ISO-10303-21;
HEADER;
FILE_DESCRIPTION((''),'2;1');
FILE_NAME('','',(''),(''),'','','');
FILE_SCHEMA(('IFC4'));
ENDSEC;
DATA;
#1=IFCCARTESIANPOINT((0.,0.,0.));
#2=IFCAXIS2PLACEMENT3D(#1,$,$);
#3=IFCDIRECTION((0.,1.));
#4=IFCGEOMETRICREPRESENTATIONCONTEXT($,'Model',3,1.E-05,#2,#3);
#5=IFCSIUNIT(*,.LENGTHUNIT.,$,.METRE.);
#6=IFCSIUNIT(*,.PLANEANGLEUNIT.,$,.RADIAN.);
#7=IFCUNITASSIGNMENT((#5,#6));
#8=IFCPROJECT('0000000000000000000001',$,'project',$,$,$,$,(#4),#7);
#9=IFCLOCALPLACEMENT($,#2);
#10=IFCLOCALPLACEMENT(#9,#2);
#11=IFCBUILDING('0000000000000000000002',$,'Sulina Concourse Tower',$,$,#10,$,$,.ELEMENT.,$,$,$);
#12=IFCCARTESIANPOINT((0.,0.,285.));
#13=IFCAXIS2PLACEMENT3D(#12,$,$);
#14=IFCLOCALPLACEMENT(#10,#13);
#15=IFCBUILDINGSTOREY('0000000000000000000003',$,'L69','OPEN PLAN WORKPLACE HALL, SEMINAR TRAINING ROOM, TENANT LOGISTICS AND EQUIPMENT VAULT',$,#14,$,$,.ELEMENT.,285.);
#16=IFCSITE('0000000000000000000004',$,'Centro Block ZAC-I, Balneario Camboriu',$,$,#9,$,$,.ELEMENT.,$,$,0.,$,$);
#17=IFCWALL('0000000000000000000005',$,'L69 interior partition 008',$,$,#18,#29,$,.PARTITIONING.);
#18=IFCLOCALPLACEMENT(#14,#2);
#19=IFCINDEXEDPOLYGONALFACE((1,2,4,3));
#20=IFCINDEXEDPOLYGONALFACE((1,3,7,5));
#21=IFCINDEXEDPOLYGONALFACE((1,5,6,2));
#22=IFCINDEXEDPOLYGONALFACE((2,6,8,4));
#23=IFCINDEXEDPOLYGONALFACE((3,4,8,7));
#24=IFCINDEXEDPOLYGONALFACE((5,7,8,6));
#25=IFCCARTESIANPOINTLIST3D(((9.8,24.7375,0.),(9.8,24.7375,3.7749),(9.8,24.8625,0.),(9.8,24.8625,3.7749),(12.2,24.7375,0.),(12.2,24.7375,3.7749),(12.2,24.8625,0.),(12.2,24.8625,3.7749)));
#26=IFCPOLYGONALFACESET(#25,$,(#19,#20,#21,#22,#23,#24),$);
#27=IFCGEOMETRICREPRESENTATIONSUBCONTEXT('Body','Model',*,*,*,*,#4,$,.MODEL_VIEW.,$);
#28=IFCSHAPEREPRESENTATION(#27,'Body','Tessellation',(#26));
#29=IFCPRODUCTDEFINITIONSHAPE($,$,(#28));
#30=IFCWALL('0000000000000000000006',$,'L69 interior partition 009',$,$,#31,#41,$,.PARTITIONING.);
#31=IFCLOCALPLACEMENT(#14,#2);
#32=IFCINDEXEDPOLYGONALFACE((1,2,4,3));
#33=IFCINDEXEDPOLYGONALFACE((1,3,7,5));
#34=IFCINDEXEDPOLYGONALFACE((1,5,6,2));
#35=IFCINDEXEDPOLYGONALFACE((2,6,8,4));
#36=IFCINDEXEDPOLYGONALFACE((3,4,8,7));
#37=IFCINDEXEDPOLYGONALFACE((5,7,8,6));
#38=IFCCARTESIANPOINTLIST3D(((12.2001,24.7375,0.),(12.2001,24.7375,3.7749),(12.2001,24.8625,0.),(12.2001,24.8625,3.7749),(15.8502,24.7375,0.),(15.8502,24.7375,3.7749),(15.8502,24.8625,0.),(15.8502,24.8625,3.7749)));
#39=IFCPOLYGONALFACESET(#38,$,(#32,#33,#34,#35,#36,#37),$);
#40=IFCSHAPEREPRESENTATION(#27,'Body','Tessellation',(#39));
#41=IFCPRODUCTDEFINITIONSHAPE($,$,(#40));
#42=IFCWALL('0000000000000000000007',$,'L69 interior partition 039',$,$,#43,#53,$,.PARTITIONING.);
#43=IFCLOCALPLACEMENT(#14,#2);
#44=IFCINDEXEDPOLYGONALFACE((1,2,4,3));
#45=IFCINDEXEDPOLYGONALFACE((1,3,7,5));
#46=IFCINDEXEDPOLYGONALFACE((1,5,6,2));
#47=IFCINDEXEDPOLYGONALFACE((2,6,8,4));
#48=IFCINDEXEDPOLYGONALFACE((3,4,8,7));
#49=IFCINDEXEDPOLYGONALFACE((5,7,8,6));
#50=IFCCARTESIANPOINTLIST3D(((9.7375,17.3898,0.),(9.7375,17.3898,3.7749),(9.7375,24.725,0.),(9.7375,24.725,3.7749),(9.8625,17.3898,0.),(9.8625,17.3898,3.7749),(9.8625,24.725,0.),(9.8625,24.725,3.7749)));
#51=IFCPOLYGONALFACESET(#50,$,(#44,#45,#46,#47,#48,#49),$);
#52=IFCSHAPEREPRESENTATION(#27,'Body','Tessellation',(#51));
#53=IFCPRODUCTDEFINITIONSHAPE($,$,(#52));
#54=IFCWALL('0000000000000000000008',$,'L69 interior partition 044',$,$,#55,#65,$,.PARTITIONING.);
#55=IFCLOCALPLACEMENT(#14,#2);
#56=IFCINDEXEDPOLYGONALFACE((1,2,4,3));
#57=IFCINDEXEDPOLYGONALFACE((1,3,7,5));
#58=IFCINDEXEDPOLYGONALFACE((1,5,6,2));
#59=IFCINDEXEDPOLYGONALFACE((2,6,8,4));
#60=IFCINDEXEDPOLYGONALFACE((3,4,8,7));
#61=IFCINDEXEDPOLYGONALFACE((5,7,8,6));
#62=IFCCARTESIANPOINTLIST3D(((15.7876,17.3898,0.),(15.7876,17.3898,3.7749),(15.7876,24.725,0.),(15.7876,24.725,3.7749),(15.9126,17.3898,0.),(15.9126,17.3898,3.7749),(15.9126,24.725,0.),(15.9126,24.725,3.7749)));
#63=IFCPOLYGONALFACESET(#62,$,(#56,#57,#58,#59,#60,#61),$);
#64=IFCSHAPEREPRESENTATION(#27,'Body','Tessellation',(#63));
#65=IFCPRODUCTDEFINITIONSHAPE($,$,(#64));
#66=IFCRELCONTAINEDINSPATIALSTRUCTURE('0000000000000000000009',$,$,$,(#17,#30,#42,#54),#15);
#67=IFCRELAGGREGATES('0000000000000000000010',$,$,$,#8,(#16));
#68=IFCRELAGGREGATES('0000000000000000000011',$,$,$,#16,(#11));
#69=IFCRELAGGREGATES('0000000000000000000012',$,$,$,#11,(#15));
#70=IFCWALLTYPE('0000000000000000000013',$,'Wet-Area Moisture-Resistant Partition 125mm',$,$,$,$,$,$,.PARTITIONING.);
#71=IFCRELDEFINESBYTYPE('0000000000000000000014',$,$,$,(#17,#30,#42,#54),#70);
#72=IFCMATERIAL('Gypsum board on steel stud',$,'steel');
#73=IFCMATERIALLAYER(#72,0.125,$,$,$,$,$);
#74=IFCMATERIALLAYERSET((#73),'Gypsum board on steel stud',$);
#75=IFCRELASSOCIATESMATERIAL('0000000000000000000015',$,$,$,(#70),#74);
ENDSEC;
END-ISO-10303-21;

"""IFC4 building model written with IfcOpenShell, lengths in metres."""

from ifc_helpers import new_model, si_unit, direction, frame, frame_2d, origin, place, context, subcontext, project, spatial, rectangle, extrude, material, layer, layer_set, type_object, element, save


model = new_model("IFC4")

# Units and contexts
model_context = context("Model", 3, precision=1e-05, world=origin(), true_north=direction((0.0, 1.0)))
body_context = subcontext(model_context, "Body", "Model", "MODEL_VIEW")
ifc_project = project(units=[si_unit("LENGTHUNIT", "METRE"), si_unit("PLANEANGLEUNIT", "RADIAN")], contexts=[model_context])

# Site, building, storey
site_placement = place(None, origin())
site = spatial("IfcSite", under=ifc_project, at=site_placement, Name="Centro Block ZAC-I, Balneario Camboriu", CompositionType="ELEMENT", RefElevation=0.0)
building_placement = place(site_placement, origin())
building = spatial("IfcBuilding", under=site, at=building_placement, Name="Sulina Concourse Tower", CompositionType="ELEMENT")
storey_placement = place(building_placement, frame((0.0, 0.0, 285.0)))
storey = spatial("IfcBuildingStorey", under=building, at=storey_placement, Name="L69", Description="OPEN PLAN WORKPLACE HALL, SEMINAR TRAINING ROOM, TENANT LOGISTICS AND EQUIPMENT VAULT", CompositionType="ELEMENT", Elevation=285.0)

# Walls
ifc_material_1 = material(Name="Gypsum board on steel stud", Category="steel")
ifc_layer_1 = layer(ifc_material_1, 0.125)
ifc_layer_set_1 = layer_set([ifc_layer_1], Name="Gypsum board on steel stud")
wall_type_1 = type_object("IfcWallType", Name="Wet-Area Moisture-Resistant Partition 125mm", PredefinedType="PARTITIONING", material=ifc_layer_set_1)
wall_1_placement = place(storey_placement, frame((9.8, 24.8, 0.0), z_axis=(0.0, 0.0, 1.0), x_axis=(1.0, 0.0, 0.0)))
element("IfcWall", 1, at=wall_1_placement, inside=storey, type_object=wall_type_1, Name="L69 interior partition 008", PredefinedType="PARTITIONING", context=body_context, shape_type="SweptSolid", body=[
    extrude(rectangle(XDim=2.3999, YDim=0.125, at=frame_2d((1.2, 0.0))), origin(), (0.0, 0.0, 1.0), 3.7749),
])
wall_2_placement = place(storey_placement, frame((12.2, 24.8, 0.0), z_axis=(0.0, 0.0, 1.0), x_axis=(1.0, 0.0, 0.0)))
element("IfcWall", 2, at=wall_2_placement, inside=storey, type_object=wall_type_1, Name="L69 interior partition 009", PredefinedType="PARTITIONING", context=body_context, shape_type="SweptSolid", body=[
    extrude(rectangle(XDim=3.6501, YDim=0.125, at=frame_2d((1.8252, 0.0))), origin(), (0.0, 0.0, 1.0), 3.7749),
])
for number, where, z_axis, x_axis, name in (
    (3, (9.8, 17.3899, 0.0), (0.0, 0.0, 1.0), (0.0, 1.0, 0.0), "L69 interior partition 039"),
    (4, (15.8501, 17.3899, 0.0), (0.0, 0.0, 1.0), (0.0, 1.0, 0.0), "L69 interior partition 044"),
):
    element("IfcWall", number, at=place(storey_placement, frame(where, z_axis=z_axis, x_axis=x_axis)), inside=storey, type_object=wall_type_1, Name=name, PredefinedType="PARTITIONING", context=body_context, shape_type="SweptSolid", body=[
        extrude(rectangle(XDim=7.3352, YDim=0.125, at=frame_2d((3.6675, 0.0))), origin(), (0.0, 0.0, 1.0), 3.7749),
    ])

save(model, "model.ifc")
